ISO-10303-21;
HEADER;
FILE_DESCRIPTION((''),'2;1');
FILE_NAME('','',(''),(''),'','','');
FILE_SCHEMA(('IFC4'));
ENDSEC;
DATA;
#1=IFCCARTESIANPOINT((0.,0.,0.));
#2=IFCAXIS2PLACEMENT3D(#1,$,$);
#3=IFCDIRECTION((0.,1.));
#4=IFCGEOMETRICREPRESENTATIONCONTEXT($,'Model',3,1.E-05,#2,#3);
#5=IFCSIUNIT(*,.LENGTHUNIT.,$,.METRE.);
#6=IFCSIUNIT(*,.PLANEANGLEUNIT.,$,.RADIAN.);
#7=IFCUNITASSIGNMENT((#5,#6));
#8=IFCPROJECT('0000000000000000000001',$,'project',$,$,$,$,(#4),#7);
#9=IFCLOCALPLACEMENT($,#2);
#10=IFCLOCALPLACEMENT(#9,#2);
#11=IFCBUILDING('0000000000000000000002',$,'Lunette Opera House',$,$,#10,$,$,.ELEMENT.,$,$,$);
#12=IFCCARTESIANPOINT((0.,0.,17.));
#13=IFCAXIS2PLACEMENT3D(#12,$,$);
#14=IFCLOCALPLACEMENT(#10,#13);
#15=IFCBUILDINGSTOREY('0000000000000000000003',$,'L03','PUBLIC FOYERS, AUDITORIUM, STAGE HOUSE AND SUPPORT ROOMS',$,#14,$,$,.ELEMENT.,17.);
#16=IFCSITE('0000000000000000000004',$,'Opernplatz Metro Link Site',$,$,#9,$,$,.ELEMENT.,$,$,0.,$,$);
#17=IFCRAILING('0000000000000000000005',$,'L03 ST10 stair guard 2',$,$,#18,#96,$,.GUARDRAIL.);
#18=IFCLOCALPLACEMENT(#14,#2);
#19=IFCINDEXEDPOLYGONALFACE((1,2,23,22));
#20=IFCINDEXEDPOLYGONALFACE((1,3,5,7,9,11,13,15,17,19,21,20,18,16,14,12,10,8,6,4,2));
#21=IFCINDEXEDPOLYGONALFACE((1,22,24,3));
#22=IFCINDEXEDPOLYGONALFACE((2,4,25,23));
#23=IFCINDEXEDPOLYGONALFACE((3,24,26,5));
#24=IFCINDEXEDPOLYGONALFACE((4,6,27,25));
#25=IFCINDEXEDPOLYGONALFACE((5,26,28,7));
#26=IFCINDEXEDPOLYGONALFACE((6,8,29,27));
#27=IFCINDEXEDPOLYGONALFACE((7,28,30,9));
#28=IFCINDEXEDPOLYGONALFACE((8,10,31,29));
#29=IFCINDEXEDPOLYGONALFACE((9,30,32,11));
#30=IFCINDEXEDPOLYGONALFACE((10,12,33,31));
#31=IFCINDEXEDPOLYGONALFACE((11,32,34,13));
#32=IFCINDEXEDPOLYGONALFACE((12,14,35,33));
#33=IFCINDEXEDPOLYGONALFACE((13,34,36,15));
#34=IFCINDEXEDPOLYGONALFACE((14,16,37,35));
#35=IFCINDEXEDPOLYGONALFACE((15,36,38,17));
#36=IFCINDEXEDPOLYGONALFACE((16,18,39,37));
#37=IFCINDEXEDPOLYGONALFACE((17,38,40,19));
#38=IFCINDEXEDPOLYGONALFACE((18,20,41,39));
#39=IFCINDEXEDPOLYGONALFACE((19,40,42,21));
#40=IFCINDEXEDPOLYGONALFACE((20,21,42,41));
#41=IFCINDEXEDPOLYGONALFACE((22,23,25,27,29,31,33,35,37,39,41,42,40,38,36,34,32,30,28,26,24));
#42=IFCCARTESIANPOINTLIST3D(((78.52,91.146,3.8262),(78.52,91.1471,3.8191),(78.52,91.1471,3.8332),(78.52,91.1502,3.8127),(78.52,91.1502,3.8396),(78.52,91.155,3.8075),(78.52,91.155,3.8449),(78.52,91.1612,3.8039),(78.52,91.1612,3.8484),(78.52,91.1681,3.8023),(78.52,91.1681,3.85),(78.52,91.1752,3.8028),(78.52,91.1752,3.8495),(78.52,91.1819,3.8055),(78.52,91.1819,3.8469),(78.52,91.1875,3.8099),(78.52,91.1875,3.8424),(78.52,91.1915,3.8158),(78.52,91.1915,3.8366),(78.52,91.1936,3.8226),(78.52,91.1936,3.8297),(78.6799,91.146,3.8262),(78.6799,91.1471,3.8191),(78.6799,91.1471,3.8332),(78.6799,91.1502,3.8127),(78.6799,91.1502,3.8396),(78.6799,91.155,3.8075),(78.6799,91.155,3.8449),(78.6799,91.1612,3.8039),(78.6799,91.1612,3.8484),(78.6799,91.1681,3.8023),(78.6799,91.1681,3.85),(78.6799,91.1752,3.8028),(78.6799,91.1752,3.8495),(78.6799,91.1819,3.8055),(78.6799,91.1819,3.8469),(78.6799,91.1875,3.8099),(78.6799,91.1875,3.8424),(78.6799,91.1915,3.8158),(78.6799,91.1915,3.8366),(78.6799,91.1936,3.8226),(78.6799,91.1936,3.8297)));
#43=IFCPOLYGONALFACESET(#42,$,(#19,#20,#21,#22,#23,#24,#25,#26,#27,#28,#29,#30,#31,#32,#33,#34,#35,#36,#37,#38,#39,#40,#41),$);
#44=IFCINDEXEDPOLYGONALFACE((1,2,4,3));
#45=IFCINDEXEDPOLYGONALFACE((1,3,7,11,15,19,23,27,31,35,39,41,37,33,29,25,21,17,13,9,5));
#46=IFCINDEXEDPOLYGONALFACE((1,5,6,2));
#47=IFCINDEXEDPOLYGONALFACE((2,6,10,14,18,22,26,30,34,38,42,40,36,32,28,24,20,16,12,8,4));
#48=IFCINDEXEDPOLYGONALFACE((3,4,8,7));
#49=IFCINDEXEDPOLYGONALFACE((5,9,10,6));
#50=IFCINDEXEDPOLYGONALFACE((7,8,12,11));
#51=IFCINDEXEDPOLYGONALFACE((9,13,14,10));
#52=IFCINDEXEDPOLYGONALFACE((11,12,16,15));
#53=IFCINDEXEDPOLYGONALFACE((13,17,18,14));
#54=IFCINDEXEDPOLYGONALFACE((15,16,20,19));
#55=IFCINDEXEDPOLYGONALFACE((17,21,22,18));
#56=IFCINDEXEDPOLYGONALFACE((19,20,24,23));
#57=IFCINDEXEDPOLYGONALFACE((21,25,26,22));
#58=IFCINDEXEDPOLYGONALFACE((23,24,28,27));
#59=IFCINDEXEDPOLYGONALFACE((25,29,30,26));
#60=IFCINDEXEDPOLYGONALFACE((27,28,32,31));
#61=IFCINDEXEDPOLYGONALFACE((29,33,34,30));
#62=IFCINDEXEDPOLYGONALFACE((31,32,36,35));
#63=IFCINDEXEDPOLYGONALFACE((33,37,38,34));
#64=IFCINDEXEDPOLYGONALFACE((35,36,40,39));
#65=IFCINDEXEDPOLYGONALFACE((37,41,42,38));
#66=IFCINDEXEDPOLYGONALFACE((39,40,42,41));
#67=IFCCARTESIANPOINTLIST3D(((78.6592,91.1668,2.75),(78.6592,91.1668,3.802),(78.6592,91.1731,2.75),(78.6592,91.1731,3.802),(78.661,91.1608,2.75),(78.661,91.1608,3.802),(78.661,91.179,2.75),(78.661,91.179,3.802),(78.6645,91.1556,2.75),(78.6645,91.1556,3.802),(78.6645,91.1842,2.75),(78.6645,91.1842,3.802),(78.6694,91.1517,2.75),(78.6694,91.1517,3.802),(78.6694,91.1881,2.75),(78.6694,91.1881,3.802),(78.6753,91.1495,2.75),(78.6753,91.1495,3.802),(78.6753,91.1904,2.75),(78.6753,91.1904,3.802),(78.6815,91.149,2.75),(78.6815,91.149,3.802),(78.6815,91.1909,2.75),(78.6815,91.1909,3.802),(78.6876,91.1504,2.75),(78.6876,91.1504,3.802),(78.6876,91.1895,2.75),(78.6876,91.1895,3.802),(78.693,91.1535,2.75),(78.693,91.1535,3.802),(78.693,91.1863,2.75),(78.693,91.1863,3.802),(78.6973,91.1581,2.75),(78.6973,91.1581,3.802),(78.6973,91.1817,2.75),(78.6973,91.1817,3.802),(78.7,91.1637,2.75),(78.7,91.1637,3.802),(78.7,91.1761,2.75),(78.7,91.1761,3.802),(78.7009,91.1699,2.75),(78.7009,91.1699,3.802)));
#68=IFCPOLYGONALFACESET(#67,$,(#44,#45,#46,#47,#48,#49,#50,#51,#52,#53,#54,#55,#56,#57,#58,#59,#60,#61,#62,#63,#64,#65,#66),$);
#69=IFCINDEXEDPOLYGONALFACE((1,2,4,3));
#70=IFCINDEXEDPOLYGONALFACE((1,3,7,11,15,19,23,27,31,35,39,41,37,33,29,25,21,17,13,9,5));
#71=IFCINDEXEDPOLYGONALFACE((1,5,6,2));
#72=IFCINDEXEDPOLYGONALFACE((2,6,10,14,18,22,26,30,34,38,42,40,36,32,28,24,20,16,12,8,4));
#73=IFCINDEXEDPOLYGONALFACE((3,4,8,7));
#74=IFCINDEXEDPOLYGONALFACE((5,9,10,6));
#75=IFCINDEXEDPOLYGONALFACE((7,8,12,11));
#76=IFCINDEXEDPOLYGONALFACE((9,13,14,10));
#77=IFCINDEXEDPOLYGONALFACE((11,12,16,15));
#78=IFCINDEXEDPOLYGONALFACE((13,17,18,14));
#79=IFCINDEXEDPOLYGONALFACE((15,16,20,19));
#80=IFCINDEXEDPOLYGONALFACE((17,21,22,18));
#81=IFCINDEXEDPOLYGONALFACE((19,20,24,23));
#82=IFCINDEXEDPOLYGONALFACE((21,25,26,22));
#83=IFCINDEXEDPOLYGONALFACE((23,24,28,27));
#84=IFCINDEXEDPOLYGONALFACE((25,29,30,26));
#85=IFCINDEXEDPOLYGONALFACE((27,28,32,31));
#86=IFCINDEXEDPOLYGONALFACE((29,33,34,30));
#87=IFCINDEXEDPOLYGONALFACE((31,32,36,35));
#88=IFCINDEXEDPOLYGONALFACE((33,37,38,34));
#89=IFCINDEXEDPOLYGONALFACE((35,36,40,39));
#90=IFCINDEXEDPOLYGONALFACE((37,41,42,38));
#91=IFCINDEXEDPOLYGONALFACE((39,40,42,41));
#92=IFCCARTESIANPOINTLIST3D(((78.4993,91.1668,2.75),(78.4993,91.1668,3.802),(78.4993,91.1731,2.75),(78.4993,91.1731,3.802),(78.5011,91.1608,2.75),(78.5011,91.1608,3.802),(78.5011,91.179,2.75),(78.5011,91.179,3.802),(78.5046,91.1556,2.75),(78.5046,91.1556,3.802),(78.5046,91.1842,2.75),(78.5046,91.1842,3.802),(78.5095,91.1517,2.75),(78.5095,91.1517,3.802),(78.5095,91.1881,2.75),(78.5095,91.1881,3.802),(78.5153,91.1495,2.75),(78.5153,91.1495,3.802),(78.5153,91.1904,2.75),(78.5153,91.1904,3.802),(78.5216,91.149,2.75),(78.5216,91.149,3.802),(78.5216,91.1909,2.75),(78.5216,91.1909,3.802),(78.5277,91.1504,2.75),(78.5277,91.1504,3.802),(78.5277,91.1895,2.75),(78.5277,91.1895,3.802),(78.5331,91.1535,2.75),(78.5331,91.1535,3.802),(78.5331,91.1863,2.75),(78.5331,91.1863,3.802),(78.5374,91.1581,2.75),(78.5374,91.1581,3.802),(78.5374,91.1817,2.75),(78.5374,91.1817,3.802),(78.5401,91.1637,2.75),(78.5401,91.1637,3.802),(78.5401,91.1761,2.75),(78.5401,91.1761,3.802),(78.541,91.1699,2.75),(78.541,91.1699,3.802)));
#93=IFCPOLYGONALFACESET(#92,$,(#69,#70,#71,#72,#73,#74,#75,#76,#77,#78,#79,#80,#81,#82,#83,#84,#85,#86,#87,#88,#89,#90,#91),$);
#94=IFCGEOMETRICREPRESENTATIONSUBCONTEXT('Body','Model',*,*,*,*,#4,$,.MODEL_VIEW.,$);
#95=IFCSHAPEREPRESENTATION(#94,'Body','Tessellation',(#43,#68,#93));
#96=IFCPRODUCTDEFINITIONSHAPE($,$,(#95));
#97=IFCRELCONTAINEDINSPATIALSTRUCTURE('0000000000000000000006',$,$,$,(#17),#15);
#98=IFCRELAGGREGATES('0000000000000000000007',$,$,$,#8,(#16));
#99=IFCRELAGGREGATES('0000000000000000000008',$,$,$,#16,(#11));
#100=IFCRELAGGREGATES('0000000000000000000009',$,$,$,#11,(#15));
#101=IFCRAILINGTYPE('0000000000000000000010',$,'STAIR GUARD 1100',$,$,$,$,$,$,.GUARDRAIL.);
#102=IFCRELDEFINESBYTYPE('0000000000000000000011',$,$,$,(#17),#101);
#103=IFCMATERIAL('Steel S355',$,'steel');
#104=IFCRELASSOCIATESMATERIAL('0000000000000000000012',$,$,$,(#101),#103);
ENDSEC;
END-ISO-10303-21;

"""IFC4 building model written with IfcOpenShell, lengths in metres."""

from ifc_helpers import new_model, si_unit, direction, frame, origin, origin_2d, place, context, subcontext, project, spatial, circle, extrude, material, type_object, element, save


model = new_model("IFC4")

# Units and contexts
model_context = context("Model", 3, precision=1e-05, world=origin(), true_north=direction((0.0, 1.0)))
body_context = subcontext(model_context, "Body", "Model", "MODEL_VIEW")
ifc_project = project(units=[si_unit("LENGTHUNIT", "METRE"), si_unit("PLANEANGLEUNIT", "RADIAN")], contexts=[model_context])

# Site, building, storey
site_placement = place(None, origin())
site = spatial("IfcSite", under=ifc_project, at=site_placement, Name="Opernplatz Metro Link Site", CompositionType="ELEMENT", RefElevation=0.0)
building_placement = place(site_placement, origin())
building = spatial("IfcBuilding", under=site, at=building_placement, Name="Lunette Opera House", CompositionType="ELEMENT")
storey_placement = place(building_placement, frame((0.0, 0.0, 17.0)))
storey = spatial("IfcBuildingStorey", under=building, at=storey_placement, Name="L03", Description="PUBLIC FOYERS, AUDITORIUM, STAGE HOUSE AND SUPPORT ROOMS", CompositionType="ELEMENT", Elevation=17.0)

# Railing
ifc_material_1 = material(Name="Steel S355", Category="steel")
railing_type_1 = type_object("IfcRailingType", Name="STAIR GUARD 1100", PredefinedType="GUARDRAIL", material=ifc_material_1)
railing_1_placement = place(storey_placement, frame((78.6799, 91.1699, 2.75)))
element("IfcRailing", 1, at=railing_1_placement, inside=storey, type_object=railing_type_1, Name="L03 ST10 stair guard 2", PredefinedType="GUARDRAIL", context=body_context, shape_type="SweptSolid", body=[
    extrude(circle(Radius=0.0239, at=origin_2d()), frame((0.0, 0.0, 1.0762), z_axis=(-1.0, 0.0, 0.0), x_axis=(0.0, -1.0, 0.0)), (0.0, 0.0, 1.0), 0.1599),
    extrude(circle(Radius=0.021, at=origin_2d()), origin(), (0.0, 0.0, 1.0), 1.052),
    extrude(circle(Radius=0.021, at=origin_2d()), frame((-0.1599, 0.0, 0.0)), (0.0, 0.0, 1.0), 1.052),
])

save(model, "model.ifc")
